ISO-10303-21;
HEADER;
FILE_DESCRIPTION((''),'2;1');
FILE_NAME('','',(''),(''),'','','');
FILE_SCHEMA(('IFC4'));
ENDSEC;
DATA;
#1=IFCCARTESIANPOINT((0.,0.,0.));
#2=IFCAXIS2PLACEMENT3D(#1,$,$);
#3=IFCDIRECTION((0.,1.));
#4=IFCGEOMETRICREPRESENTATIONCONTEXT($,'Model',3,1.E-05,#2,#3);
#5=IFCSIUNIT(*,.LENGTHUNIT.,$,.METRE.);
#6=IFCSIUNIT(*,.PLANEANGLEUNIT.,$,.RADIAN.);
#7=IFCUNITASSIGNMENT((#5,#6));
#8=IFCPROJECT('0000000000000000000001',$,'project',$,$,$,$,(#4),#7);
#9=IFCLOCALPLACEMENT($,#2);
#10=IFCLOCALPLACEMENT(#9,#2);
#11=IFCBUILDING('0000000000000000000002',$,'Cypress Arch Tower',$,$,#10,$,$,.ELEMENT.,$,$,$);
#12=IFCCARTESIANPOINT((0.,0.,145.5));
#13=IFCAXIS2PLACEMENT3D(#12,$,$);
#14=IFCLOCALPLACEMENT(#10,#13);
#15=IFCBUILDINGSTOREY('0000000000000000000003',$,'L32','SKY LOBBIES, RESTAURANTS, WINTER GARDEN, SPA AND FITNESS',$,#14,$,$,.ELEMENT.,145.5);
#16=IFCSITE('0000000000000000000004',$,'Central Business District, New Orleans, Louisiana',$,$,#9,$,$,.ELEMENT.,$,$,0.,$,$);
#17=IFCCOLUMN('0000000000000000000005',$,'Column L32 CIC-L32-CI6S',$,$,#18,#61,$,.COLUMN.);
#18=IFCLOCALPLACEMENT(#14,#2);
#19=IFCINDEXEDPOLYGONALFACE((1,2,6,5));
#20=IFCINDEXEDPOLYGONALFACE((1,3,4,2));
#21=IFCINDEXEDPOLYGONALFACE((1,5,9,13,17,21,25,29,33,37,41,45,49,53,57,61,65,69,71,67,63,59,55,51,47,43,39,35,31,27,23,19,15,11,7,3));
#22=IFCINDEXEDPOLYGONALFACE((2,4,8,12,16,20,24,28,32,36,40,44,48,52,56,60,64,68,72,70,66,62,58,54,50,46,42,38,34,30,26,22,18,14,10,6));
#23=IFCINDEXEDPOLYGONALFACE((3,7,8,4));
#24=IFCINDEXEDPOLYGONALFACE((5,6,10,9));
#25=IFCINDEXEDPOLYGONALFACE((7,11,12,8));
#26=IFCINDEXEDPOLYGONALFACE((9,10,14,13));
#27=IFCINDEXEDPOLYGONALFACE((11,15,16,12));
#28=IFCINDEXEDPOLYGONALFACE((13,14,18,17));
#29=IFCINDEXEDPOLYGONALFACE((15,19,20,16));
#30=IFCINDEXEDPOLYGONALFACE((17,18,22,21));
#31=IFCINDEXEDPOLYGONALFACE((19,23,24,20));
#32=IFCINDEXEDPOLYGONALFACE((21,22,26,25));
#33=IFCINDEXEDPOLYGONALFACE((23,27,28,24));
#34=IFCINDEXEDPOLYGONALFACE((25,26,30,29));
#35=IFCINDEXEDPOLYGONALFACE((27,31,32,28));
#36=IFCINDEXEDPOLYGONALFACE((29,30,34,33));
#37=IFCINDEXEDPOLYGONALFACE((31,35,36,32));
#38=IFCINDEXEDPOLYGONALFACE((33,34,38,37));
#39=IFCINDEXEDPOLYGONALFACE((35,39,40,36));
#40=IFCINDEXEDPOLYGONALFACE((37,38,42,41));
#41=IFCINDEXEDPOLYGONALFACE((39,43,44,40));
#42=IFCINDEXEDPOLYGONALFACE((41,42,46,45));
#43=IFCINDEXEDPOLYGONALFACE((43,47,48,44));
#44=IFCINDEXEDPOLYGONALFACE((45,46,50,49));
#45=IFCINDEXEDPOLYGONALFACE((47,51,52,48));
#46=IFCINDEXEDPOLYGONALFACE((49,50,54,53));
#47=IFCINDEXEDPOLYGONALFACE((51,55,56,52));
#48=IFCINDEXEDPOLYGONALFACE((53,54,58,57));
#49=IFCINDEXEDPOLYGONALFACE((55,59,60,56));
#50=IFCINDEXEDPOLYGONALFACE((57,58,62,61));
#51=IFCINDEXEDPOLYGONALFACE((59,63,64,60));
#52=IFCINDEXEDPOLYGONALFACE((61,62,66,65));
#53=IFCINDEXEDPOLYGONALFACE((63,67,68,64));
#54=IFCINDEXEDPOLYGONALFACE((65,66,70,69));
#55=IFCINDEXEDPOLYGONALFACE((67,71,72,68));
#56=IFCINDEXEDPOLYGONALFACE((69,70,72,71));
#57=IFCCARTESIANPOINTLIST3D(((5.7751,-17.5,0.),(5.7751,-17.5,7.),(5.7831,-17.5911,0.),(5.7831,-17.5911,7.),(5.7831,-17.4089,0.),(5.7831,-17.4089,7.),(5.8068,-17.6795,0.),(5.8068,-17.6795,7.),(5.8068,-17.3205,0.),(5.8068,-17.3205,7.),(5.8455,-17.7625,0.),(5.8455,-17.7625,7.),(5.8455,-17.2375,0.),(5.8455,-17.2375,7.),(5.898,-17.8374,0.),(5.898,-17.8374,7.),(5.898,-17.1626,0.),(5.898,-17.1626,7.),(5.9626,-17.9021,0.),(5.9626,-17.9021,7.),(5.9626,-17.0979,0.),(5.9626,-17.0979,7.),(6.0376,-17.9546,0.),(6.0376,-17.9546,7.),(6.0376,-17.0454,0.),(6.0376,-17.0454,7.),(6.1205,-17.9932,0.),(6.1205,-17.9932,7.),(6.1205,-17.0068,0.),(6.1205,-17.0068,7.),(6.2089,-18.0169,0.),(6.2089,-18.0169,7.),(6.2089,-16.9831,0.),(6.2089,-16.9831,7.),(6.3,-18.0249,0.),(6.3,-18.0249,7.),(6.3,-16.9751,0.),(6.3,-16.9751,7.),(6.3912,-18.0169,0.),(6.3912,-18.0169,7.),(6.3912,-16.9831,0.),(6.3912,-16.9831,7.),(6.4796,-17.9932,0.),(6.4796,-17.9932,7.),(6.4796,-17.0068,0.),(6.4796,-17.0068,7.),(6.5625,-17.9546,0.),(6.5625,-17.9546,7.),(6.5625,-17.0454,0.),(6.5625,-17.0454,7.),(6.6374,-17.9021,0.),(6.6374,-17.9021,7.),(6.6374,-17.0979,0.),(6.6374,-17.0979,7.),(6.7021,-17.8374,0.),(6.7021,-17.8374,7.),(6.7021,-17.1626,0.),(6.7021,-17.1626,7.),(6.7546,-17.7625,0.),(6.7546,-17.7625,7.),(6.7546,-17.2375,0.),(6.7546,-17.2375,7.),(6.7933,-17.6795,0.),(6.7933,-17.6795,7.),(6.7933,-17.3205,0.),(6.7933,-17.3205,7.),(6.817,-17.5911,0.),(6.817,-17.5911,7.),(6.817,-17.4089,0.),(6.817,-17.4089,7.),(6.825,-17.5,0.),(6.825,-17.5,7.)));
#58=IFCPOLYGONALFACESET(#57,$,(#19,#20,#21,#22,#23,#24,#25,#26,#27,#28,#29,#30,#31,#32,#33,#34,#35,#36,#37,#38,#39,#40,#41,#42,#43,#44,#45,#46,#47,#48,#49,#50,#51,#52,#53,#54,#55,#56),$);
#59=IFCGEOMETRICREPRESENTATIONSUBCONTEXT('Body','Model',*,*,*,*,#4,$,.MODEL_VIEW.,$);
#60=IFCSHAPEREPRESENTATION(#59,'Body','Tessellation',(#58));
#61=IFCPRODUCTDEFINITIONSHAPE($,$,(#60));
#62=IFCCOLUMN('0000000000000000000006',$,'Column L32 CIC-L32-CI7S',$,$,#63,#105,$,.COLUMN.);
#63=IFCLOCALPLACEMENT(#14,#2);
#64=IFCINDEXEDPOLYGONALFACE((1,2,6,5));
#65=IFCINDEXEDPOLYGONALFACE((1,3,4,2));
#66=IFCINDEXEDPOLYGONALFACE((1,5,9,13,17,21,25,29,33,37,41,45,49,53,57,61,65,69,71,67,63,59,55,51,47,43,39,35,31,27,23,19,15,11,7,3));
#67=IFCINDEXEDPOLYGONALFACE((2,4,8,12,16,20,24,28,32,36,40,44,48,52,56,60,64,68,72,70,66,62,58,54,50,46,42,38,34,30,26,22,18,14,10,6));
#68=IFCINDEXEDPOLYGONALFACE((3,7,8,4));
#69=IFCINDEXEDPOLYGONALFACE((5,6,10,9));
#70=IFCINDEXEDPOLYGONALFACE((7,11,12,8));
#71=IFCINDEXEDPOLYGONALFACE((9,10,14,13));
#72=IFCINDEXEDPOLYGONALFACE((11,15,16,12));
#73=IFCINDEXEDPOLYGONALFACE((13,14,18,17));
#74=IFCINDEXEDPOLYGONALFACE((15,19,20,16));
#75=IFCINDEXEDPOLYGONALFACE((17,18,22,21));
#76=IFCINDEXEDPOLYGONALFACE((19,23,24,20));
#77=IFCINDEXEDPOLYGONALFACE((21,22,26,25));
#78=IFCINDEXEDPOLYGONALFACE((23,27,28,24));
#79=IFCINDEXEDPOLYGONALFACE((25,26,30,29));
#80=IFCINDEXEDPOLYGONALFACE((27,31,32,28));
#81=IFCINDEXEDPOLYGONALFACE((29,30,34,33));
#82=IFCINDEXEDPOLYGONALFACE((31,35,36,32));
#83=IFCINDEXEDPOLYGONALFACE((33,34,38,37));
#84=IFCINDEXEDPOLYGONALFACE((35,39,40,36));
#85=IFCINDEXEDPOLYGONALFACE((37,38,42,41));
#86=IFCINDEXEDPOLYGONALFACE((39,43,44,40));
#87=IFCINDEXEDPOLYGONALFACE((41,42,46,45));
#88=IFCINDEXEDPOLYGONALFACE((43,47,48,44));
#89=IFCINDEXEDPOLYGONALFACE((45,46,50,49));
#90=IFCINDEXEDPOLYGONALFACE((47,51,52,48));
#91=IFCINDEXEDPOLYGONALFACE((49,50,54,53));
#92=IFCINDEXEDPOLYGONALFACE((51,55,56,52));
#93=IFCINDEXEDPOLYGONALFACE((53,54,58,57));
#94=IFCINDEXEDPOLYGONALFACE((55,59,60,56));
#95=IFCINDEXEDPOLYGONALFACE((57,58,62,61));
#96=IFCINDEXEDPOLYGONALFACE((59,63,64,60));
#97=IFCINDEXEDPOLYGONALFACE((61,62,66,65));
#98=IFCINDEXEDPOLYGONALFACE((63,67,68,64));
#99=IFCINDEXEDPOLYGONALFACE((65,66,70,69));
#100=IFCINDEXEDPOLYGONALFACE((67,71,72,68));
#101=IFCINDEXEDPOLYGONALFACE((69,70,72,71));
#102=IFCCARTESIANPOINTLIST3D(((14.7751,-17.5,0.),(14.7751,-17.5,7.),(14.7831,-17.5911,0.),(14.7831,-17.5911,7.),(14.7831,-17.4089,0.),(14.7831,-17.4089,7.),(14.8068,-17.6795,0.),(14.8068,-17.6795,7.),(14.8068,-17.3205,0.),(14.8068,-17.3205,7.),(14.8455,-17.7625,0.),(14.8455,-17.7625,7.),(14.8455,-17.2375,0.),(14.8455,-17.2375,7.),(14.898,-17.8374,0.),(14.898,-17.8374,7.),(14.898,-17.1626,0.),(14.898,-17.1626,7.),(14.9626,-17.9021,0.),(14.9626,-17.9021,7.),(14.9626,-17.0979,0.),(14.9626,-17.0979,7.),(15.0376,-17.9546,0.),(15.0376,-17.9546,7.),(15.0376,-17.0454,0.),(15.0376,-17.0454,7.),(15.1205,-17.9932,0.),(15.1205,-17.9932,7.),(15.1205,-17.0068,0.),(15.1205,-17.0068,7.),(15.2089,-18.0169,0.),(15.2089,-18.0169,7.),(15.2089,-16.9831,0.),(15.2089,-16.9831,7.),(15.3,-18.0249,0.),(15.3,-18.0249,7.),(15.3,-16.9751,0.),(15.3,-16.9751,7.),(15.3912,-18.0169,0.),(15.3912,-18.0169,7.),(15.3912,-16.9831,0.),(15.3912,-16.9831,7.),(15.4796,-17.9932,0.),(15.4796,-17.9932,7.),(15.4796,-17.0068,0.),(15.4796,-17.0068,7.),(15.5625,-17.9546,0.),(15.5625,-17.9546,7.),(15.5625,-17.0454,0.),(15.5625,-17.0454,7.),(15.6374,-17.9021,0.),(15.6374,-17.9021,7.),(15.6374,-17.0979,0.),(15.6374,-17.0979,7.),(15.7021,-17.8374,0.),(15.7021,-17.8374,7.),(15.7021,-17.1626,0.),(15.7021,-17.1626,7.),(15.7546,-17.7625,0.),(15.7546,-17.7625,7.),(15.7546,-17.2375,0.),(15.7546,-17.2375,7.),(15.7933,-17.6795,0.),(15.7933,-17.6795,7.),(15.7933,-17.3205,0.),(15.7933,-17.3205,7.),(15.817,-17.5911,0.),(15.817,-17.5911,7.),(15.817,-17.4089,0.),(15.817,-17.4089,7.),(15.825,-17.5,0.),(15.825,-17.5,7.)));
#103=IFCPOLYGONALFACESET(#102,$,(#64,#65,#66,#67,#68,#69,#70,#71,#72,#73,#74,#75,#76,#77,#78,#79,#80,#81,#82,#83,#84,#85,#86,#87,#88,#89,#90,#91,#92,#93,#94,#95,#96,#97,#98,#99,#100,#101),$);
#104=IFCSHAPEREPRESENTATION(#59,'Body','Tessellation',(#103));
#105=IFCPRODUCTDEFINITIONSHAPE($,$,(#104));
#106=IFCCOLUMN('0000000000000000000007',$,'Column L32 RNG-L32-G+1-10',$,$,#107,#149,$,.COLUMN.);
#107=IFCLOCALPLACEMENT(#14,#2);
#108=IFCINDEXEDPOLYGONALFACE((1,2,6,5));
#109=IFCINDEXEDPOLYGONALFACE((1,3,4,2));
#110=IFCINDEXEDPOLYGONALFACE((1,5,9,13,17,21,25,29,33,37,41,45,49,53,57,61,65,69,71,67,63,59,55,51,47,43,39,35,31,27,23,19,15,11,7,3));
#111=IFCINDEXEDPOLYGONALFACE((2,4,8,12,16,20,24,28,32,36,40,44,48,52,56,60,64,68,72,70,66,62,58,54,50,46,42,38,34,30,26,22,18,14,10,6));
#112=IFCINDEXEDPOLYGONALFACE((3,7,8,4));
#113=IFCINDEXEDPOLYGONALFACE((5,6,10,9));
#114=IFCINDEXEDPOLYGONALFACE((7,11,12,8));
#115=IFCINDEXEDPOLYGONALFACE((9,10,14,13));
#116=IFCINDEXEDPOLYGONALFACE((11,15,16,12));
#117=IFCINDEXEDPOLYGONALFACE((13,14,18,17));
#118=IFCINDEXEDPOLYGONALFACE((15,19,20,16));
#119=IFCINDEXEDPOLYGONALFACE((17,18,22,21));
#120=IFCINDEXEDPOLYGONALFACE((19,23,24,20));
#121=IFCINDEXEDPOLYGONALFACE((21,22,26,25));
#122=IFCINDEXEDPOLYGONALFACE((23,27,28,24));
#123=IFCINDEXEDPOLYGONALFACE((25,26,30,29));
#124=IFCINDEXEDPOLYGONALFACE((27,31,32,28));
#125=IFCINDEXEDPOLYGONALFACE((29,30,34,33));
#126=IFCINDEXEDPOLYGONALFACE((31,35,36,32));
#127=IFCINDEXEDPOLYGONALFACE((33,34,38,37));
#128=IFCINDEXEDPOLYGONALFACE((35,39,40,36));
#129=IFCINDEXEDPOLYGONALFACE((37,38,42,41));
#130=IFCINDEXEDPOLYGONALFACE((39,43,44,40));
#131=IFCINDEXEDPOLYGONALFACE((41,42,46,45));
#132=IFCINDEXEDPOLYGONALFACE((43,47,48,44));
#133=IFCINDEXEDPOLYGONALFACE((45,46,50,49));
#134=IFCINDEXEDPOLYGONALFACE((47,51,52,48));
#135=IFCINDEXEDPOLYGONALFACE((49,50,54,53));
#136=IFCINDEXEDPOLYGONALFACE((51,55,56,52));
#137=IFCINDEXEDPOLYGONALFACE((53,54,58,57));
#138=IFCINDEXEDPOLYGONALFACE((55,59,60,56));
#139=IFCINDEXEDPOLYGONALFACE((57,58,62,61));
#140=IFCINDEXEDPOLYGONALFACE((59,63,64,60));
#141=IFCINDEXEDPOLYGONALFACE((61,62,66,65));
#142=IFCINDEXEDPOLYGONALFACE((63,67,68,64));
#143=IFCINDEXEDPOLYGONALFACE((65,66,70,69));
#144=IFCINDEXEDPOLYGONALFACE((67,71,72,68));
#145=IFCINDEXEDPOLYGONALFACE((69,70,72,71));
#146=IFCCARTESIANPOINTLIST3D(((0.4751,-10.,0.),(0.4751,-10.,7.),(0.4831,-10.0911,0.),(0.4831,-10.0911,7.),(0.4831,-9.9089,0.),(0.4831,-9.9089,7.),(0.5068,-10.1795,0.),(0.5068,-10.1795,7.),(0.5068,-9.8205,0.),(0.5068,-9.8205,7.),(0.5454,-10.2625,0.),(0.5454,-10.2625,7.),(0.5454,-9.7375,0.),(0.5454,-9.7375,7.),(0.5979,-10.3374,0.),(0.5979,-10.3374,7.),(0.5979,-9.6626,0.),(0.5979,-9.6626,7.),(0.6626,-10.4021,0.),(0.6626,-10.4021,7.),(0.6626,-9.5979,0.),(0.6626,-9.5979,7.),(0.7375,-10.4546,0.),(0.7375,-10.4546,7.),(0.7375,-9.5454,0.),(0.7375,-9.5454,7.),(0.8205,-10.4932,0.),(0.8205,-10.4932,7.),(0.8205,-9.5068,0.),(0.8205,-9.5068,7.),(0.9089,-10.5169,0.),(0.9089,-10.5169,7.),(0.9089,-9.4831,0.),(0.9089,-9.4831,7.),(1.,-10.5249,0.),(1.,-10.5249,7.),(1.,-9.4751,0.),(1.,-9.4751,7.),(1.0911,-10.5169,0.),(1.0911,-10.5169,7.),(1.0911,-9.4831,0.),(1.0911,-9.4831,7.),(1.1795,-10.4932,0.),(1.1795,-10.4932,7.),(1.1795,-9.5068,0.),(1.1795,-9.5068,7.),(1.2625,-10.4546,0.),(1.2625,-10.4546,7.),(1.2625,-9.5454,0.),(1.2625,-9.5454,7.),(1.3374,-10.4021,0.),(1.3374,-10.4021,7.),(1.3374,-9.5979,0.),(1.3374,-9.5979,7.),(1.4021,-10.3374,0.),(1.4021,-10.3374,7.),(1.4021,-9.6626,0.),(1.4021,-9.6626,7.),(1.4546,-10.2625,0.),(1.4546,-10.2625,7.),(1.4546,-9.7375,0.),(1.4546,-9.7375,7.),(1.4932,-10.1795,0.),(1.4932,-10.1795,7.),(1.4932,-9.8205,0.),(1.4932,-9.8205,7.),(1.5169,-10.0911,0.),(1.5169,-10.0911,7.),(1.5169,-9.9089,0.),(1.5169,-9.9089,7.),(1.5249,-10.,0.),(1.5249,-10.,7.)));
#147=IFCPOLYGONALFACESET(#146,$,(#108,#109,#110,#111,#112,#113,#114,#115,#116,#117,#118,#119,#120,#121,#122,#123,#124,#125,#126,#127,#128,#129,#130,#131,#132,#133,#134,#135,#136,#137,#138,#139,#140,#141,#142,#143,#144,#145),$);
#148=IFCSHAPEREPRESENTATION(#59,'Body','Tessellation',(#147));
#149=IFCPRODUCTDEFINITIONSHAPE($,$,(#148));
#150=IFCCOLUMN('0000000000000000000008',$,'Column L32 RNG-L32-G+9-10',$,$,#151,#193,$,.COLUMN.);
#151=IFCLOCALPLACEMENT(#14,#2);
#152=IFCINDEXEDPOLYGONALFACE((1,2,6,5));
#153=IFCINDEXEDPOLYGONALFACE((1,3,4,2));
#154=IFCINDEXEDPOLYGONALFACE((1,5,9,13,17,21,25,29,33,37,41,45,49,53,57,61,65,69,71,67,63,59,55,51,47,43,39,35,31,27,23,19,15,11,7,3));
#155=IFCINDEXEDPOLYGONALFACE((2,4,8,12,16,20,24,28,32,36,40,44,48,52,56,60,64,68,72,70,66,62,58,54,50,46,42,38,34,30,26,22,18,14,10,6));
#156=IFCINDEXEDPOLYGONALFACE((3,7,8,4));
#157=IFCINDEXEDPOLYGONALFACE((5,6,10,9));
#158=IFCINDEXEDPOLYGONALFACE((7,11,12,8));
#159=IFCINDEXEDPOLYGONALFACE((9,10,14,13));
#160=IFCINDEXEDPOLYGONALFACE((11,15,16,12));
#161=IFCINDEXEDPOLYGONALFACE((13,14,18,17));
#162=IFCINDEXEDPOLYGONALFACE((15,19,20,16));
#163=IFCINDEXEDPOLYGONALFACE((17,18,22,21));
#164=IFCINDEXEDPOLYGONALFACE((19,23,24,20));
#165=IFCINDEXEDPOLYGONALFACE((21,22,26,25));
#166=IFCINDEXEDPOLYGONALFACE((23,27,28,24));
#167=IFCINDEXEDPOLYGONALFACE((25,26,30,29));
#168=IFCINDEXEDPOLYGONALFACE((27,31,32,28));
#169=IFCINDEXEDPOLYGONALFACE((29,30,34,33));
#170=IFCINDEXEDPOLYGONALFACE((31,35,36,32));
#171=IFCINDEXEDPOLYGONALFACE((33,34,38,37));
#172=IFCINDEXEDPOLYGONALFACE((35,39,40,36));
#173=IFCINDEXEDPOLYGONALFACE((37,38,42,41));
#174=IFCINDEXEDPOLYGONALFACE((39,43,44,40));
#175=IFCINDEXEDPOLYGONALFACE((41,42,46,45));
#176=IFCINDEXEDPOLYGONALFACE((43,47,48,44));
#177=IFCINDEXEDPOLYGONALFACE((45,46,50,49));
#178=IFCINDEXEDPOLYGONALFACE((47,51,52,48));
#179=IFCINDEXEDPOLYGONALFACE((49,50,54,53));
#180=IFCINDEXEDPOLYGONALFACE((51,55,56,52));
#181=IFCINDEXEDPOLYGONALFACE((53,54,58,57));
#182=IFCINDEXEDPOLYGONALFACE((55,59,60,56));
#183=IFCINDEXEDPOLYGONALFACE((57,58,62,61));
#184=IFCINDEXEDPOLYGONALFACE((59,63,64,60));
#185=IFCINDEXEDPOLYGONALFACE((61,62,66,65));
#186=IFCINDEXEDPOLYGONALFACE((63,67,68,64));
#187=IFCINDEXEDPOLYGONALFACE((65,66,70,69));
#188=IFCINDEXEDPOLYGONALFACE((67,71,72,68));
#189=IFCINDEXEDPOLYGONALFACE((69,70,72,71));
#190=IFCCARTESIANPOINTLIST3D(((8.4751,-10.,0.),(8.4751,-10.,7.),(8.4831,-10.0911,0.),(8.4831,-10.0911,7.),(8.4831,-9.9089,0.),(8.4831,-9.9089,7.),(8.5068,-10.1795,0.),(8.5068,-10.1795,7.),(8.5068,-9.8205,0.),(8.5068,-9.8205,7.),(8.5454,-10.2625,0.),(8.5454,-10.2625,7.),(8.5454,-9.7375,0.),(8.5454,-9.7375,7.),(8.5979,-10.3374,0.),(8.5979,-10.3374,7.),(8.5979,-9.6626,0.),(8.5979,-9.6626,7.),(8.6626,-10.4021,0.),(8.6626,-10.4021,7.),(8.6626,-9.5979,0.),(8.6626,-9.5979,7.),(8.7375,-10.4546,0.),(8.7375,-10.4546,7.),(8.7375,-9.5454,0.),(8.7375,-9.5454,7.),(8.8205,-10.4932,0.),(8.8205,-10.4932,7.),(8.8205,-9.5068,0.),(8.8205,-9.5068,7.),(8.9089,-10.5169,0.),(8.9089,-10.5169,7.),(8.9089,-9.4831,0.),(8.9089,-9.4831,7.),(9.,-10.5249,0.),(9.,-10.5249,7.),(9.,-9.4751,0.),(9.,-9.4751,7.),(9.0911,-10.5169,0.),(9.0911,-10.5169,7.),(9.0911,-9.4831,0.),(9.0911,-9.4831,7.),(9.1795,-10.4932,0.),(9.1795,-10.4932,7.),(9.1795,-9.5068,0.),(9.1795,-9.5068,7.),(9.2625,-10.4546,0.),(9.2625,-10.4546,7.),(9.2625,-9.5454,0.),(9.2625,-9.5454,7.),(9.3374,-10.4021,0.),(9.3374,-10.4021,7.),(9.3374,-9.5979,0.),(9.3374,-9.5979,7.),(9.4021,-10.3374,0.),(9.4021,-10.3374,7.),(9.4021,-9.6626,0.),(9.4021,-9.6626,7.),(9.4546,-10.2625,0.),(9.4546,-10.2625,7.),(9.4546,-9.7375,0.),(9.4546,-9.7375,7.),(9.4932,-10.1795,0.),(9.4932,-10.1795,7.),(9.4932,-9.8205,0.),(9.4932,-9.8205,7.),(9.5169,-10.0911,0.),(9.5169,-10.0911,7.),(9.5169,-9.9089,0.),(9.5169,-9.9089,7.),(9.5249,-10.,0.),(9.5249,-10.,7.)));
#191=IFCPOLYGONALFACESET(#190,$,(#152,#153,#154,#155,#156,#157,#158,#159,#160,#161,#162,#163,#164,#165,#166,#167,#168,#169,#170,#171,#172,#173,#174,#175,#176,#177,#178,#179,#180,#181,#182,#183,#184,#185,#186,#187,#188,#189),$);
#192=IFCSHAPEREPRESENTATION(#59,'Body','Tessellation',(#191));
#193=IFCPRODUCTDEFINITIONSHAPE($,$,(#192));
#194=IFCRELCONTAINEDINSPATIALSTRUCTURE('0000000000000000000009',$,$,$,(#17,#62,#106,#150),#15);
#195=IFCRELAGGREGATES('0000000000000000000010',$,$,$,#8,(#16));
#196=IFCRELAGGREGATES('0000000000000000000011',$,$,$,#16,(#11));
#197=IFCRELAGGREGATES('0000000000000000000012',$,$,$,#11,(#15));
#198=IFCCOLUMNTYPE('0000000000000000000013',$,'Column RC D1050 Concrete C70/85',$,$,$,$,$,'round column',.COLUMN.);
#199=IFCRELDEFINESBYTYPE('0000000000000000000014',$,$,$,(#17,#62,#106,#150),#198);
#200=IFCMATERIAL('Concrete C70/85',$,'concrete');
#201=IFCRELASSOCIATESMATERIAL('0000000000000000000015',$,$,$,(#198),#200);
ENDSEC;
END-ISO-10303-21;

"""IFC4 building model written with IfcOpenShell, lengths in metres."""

from ifc_helpers import new_model, si_unit, direction, frame, origin, origin_2d, place, context, subcontext, project, spatial, circle, extrude, material, material_profile, profile_set, type_object, element, save


model = new_model("IFC4")

# Units and contexts
model_context = context("Model", 3, precision=1e-05, world=origin(), true_north=direction((0.0, 1.0)))
body_context = subcontext(model_context, "Body", "Model", "MODEL_VIEW")
ifc_project = project(units=[si_unit("LENGTHUNIT", "METRE"), si_unit("PLANEANGLEUNIT", "RADIAN")], contexts=[model_context])

# Site, building, storey
site_placement = place(None, origin())
site = spatial("IfcSite", under=ifc_project, at=site_placement, Name="Central Business District, New Orleans, Louisiana", CompositionType="ELEMENT", RefElevation=0.0)
building_placement = place(site_placement, origin())
building = spatial("IfcBuilding", under=site, at=building_placement, Name="Cypress Arch Tower", CompositionType="ELEMENT")
storey_placement = place(building_placement, frame((0.0, 0.0, 145.5)))
storey = spatial("IfcBuildingStorey", under=building, at=storey_placement, Name="L32", Description="SKY LOBBIES, RESTAURANTS, WINTER GARDEN, SPA AND FITNESS", CompositionType="ELEMENT", Elevation=145.5)

# Columns
ifc_material_1 = material(Name="Concrete C70/85", Category="concrete")
ifc_material_profile_1 = material_profile(ifc_material_1, circle(Radius=0.5249, at=origin_2d()), Name="RC D1050")
ifc_profile_set_1 = profile_set([ifc_material_profile_1], Name="Concrete C70/85")
column_type_1 = type_object("IfcColumnType", Name="Column RC D1050 Concrete C70/85", ElementType="round column", PredefinedType="COLUMN", material=ifc_profile_set_1)
for number, where, z_axis, x_axis, name in (
    (1, (6.3, -17.5, 0.0), (0.0, 0.0, 1.0), (1.0, 0.0, 0.0), "Column L32 CIC-L32-CI6S"),
    (2, (15.3, -17.5, 0.0), (0.0, 0.0, 1.0), (1.0, 0.0, 0.0), "Column L32 CIC-L32-CI7S"),
    (3, (1.0, -10.0, 0.0), (0.0, 0.0, 1.0), (1.0, 0.0, 0.0), "Column L32 RNG-L32-G+1-10"),
    (4, (9.0, -10.0, 0.0), (0.0, 0.0, 1.0), (1.0, 0.0, 0.0), "Column L32 RNG-L32-G+9-10"),
):
    element("IfcColumn", number, at=place(storey_placement, frame(where, z_axis=z_axis, x_axis=x_axis)), inside=storey, type_object=column_type_1, Name=name, PredefinedType="COLUMN", context=body_context, shape_type="SweptSolid", body=[
        extrude(circle(Radius=0.5249, at=origin_2d()), origin(), (0.0, 0.0, 1.0), 7.0),
    ])

save(model, "model.ifc")
